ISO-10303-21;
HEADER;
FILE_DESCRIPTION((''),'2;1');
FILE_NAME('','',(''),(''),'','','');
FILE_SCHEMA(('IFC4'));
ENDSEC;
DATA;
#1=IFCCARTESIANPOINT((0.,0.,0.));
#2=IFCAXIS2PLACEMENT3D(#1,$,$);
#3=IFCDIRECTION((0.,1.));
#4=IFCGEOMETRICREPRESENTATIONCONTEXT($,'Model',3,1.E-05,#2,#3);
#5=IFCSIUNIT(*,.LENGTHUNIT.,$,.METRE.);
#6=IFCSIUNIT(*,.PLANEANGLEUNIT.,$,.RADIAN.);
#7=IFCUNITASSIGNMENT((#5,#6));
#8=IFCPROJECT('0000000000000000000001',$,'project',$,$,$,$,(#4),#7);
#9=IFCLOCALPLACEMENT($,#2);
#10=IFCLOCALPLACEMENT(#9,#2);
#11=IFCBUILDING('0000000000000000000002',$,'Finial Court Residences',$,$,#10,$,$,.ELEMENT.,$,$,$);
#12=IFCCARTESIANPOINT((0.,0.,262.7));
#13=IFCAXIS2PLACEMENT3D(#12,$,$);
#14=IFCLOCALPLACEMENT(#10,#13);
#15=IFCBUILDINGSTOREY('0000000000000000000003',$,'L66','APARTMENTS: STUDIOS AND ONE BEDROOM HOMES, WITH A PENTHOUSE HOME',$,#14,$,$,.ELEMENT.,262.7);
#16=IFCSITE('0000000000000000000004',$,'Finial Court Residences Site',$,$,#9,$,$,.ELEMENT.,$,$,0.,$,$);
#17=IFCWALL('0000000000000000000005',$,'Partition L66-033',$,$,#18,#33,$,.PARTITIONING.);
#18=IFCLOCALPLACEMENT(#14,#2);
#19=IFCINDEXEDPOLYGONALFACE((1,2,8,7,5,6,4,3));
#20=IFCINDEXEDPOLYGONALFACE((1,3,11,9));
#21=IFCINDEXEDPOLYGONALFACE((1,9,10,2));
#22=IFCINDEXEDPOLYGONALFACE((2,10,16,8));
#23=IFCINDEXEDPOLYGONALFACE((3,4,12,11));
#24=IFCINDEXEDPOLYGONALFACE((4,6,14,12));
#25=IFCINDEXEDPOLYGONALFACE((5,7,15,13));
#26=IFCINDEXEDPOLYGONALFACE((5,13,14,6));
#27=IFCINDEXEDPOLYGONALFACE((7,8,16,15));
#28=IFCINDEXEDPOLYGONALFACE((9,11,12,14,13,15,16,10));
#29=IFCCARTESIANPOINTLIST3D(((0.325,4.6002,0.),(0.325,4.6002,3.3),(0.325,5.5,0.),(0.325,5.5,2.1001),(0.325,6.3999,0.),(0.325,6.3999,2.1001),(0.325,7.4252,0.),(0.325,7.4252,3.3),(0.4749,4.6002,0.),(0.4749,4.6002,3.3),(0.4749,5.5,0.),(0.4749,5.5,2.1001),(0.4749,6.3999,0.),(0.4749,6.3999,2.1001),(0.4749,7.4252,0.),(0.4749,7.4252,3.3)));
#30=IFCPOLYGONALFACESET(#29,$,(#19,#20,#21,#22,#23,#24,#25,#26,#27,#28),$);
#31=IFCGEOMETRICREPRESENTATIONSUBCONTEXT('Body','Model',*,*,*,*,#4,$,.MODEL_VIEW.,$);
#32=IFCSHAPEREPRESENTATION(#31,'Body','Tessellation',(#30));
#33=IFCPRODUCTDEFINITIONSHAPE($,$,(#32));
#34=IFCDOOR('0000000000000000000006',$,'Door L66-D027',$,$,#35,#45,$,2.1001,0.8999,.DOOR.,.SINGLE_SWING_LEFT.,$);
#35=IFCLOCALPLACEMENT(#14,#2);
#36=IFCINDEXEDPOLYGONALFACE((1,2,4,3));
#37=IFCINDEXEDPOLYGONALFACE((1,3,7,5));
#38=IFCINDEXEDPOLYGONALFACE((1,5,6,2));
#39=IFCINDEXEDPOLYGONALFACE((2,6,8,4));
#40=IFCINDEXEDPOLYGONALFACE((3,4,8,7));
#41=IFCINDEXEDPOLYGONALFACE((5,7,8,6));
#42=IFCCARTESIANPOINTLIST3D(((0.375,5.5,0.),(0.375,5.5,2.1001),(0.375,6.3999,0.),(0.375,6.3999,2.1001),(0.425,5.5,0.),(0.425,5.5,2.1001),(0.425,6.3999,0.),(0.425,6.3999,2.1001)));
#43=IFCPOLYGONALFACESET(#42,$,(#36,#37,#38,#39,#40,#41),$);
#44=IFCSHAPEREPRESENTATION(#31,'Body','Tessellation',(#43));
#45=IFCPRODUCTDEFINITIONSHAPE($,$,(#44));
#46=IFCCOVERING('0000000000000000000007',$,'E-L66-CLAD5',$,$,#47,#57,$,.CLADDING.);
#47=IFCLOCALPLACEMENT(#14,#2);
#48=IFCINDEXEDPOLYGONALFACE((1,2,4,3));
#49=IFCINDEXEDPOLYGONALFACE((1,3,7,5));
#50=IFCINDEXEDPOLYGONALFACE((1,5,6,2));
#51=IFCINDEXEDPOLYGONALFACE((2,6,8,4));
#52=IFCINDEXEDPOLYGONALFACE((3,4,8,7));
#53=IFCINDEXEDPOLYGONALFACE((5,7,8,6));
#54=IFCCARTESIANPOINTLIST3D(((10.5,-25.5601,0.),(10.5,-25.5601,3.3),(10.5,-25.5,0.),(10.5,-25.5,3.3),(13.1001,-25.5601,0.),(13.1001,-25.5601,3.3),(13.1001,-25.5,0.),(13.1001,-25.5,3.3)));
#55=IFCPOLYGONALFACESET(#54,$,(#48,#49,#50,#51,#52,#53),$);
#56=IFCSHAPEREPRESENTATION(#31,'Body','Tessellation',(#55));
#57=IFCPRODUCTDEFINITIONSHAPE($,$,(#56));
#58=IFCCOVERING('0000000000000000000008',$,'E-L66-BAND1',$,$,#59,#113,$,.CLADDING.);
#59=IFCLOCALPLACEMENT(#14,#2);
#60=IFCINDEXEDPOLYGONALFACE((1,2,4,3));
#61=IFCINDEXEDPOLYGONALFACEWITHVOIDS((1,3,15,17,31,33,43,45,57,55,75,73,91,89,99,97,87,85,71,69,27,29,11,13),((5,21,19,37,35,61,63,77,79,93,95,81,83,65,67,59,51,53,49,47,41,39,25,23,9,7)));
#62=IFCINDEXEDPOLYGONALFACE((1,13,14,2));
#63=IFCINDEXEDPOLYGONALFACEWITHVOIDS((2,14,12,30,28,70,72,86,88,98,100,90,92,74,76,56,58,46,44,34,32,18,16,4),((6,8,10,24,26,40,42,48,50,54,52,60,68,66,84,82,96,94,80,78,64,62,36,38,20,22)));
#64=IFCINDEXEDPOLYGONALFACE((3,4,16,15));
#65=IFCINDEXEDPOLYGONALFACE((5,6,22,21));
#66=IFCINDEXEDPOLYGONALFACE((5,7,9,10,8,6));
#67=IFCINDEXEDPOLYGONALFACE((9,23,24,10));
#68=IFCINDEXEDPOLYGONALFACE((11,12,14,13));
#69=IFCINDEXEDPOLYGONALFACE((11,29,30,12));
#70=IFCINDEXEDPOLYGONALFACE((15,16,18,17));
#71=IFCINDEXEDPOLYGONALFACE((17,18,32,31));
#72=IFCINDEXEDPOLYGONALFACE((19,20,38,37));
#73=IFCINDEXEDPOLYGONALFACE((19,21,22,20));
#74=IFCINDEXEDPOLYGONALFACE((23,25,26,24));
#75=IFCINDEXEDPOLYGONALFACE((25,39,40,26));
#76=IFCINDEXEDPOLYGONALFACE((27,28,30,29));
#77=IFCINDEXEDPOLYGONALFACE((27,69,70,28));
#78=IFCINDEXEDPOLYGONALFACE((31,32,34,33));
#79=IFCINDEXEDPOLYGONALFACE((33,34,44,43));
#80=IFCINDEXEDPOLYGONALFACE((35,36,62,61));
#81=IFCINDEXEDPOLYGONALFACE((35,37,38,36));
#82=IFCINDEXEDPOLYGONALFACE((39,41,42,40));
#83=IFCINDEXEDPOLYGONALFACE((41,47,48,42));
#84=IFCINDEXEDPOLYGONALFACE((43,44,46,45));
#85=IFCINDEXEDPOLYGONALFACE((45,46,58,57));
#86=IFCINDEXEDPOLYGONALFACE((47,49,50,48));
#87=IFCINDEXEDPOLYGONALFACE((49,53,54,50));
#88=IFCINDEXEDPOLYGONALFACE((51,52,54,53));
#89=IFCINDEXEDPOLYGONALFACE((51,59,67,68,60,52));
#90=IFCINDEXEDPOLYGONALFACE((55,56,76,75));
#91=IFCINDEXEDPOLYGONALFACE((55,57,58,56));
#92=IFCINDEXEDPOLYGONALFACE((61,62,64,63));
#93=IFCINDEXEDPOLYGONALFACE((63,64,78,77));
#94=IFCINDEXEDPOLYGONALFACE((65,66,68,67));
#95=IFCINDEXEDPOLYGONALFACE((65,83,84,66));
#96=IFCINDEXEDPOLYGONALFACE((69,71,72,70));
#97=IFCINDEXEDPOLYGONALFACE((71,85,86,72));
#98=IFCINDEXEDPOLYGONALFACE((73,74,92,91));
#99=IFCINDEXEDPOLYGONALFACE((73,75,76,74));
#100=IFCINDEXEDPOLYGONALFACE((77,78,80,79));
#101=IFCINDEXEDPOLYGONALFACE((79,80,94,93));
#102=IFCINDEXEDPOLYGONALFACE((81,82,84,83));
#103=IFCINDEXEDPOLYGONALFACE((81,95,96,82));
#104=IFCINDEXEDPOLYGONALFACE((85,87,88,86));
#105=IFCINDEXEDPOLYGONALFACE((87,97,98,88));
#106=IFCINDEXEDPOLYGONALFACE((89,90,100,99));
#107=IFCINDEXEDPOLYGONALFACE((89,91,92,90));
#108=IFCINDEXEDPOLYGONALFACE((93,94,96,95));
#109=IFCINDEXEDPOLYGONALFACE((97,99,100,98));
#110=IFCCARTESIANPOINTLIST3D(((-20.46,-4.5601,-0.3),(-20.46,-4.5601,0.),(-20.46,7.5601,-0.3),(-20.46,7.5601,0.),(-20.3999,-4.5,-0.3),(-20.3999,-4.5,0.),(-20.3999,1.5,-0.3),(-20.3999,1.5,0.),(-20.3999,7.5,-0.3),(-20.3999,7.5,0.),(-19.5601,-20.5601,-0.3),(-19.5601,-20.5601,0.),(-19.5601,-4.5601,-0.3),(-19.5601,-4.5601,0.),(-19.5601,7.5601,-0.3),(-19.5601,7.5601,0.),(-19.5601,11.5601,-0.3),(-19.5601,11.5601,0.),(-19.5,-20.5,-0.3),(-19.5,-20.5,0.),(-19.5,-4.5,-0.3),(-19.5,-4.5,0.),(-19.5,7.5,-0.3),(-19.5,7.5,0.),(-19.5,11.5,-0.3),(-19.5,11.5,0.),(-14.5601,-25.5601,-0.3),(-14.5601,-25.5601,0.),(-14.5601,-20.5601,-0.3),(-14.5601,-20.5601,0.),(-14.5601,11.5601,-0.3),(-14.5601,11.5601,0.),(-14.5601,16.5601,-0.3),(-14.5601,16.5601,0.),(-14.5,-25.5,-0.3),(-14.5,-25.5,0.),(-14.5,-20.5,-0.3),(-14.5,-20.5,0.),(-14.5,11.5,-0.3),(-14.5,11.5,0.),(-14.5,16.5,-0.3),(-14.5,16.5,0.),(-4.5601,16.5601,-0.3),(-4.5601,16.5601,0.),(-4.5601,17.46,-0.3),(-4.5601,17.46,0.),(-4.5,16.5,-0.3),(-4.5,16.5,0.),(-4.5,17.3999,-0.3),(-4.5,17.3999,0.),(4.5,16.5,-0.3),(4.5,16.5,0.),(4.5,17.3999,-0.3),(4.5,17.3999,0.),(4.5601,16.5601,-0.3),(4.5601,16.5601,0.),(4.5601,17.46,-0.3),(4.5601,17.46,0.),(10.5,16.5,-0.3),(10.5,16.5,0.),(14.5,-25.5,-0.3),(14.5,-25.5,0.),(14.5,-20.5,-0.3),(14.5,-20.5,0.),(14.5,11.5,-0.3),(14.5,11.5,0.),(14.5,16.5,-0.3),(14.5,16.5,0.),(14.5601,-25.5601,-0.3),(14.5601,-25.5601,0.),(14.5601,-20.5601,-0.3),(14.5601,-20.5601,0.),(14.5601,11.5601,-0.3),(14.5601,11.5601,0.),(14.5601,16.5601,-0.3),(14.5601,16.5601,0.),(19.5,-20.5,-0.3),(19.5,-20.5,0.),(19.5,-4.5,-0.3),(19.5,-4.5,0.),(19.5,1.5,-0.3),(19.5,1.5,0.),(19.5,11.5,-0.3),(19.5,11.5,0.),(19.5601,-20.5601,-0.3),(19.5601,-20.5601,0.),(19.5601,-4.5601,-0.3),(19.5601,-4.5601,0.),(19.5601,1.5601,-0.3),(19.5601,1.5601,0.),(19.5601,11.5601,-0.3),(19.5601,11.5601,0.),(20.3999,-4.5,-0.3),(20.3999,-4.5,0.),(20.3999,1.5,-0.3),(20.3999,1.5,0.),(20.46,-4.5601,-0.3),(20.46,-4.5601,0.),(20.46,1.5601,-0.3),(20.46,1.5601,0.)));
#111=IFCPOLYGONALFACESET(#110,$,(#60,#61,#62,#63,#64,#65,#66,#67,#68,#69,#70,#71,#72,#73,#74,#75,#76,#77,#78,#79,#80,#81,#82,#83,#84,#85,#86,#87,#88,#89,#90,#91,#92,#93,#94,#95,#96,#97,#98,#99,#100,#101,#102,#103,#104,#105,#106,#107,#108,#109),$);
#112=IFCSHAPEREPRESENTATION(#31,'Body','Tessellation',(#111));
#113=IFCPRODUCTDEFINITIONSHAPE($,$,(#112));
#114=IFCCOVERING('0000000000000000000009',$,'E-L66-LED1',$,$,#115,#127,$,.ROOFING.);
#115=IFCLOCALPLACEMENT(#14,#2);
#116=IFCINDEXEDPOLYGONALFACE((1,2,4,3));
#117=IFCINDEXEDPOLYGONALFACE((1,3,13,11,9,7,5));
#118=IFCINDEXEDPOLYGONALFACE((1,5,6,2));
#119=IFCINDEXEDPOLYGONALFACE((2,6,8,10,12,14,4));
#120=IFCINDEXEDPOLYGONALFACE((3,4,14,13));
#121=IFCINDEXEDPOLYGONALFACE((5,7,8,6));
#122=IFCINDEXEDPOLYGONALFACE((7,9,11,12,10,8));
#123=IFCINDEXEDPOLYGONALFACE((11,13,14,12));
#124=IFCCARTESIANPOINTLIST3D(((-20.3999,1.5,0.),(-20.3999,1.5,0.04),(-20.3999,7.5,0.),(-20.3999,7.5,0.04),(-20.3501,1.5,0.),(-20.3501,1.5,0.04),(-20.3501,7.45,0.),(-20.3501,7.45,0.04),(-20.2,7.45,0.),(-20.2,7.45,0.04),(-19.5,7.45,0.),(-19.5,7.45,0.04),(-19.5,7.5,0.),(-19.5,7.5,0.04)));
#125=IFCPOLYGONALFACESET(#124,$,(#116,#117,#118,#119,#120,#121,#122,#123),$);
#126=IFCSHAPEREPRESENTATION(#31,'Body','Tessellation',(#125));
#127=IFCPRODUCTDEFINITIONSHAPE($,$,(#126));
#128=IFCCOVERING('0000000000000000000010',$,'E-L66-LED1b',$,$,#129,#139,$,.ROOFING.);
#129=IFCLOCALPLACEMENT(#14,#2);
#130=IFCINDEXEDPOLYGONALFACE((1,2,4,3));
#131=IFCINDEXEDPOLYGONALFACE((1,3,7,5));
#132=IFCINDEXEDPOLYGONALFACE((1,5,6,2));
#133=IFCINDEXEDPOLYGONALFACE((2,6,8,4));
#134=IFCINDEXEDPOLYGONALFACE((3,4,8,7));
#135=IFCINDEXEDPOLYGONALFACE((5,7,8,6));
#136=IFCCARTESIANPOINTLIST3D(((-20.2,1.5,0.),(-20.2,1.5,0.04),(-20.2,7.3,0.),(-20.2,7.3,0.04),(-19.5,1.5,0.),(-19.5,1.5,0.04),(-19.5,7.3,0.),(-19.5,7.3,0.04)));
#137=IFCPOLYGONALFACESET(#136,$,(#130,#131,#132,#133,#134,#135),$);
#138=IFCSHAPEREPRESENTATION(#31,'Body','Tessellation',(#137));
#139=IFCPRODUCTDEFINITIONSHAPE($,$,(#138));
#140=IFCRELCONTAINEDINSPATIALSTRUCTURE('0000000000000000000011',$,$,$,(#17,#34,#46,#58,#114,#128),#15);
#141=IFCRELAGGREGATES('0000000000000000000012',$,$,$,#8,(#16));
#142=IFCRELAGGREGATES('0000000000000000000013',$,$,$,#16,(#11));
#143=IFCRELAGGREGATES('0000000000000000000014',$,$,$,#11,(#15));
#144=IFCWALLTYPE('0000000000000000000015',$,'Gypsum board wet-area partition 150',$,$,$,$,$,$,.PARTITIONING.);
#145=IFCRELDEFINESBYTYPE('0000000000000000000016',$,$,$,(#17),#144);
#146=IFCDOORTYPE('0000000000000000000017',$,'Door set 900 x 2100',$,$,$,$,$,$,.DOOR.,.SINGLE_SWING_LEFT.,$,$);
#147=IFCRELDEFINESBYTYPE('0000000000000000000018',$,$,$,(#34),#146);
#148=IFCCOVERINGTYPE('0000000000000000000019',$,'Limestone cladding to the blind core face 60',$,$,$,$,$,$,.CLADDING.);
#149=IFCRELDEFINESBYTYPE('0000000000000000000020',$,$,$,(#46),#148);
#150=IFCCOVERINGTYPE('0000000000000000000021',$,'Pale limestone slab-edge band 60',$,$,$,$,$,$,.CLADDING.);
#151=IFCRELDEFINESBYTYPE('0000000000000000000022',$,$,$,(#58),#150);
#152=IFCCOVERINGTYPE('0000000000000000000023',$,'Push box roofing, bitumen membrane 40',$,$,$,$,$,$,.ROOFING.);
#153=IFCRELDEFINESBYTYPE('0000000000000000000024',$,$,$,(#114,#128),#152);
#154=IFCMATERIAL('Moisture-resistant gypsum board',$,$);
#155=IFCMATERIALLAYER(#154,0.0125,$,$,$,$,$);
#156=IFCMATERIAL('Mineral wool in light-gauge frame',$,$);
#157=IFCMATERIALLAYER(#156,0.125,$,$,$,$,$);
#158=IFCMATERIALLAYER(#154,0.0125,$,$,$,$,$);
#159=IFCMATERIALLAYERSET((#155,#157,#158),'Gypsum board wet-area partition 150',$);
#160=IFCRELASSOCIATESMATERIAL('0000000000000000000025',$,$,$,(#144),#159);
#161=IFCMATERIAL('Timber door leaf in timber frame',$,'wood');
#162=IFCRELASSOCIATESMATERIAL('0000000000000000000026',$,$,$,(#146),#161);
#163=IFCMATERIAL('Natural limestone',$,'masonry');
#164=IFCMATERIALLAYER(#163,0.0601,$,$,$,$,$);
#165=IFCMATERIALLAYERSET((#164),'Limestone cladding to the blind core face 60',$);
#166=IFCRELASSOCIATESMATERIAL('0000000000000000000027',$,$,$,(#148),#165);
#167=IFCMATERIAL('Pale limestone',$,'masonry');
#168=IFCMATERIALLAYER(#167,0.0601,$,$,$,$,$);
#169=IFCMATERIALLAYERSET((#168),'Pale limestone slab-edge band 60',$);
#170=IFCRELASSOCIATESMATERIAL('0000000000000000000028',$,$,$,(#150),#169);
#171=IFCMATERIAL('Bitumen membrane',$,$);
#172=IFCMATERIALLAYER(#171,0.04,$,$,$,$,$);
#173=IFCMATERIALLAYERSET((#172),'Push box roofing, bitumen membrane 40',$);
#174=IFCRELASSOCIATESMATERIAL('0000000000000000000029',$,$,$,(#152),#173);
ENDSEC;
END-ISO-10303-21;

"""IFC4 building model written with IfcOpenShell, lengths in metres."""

from ifc_helpers import new_model, si_unit, direction, frame, frame_2d, origin, place, context, subcontext, project, spatial, polyline, rectangle, outline, extrude, material, layer, layer_set, type_object, element, fill, save


model = new_model("IFC4")

# Units and contexts
model_context = context("Model", 3, precision=1e-05, world=origin(), true_north=direction((0.0, 1.0)))
body_context = subcontext(model_context, "Body", "Model", "MODEL_VIEW")
ifc_project = project(units=[si_unit("LENGTHUNIT", "METRE"), si_unit("PLANEANGLEUNIT", "RADIAN")], contexts=[model_context])

# Site, building, storey
site_placement = place(None, origin())
site = spatial("IfcSite", under=ifc_project, at=site_placement, Name="Finial Court Residences Site", CompositionType="ELEMENT", RefElevation=0.0)
building_placement = place(site_placement, origin())
building = spatial("IfcBuilding", under=site, at=building_placement, Name="Finial Court Residences", CompositionType="ELEMENT")
storey_placement = place(building_placement, frame((0.0, 0.0, 262.7)))
storey = spatial("IfcBuildingStorey", under=building, at=storey_placement, Name="L66", Description="APARTMENTS: STUDIOS AND ONE BEDROOM HOMES, WITH A PENTHOUSE HOME", CompositionType="ELEMENT", Elevation=262.7)

# Shared definitions
ifc_material_1 = material(Name="Moisture-resistant gypsum board")
ifc_layer_1 = layer(ifc_material_1, 0.0125)
ifc_material_2 = material(Name="Mineral wool in light-gauge frame")
ifc_layer_2 = layer(ifc_material_2, 0.125)
ifc_layer_3 = layer(ifc_material_1, 0.0125)
ifc_layer_set_1 = layer_set([ifc_layer_1, ifc_layer_2, ifc_layer_3], Name="Gypsum board wet-area partition 150")
wall_type_1 = type_object("IfcWallType", Name="Gypsum board wet-area partition 150", PredefinedType="PARTITIONING", material=ifc_layer_set_1)
ifc_material_3 = material(Name="Timber door leaf in timber frame", Category="wood")
door_type = type_object("IfcDoorType", Name="Door set 900 x 2100", OperationType="SINGLE_SWING_LEFT", PredefinedType="DOOR", material=ifc_material_3)

# Wall, opening, door
wall_1_placement = place(storey_placement, frame((0.3999, 4.6001, 0.0), z_axis=(0.0, 0.0, 1.0), x_axis=(0.0, 1.0, 0.0)))
wall_1 = element("IfcWall", 1, at=wall_1_placement, inside=storey, type_object=wall_type_1, Name="Partition L66-033", PredefinedType="PARTITIONING", context=body_context, shape_type="SweptSolid", body=[
    extrude(rectangle(XDim=2.825, YDim=0.1499, at=frame_2d((1.4126, 0.0))), origin(), (0.0, 0.0, 1.0), 3.3),
])
opening_1_placement = place(wall_1_placement, frame((0.8999, 0.0, 0.0)))
opening_1 = element("IfcOpeningElement", 2, at=opening_1_placement, cuts=wall_1, PredefinedType="OPENING", context=body_context, shape_type="SweptSolid", body=[
    extrude(rectangle(XDim=0.8999, YDim=2.1001, at=frame_2d((0.45, 1.05))), frame((0.0, 0.085, 0.0), z_axis=(0.0, -1.0, 0.0), x_axis=(1.0, 0.0, 0.0)), (0.0, 0.0, 1.0), 0.1699),
])
door_1_placement = place(opening_1_placement, origin())
door_1 = element("IfcDoor", 3, at=door_1_placement, inside=storey, type_object=door_type, Name="Door L66-D027", OperationType="SINGLE_SWING_LEFT", OverallHeight=2.1001, OverallWidth=0.8999, PredefinedType="DOOR", context=body_context, shape_type="SweptSolid", body=[
    extrude(rectangle(XDim=0.8999, YDim=2.1001, at=frame_2d((0.45, 1.05))), frame((0.0, 0.0249, 0.0), z_axis=(0.0, -1.0, 0.0), x_axis=(1.0, 0.0, 0.0)), (0.0, 0.0, 1.0), 0.05),
])
fill(opening_1, door_1)

# Coverings
ifc_material_4 = material(Name="Natural limestone", Category="masonry")
ifc_layer_4 = layer(ifc_material_4, 0.0601)
ifc_layer_set_2 = layer_set([ifc_layer_4], Name="Limestone cladding to the blind core face 60")
covering_type_1 = type_object("IfcCoveringType", Name="Limestone cladding to the blind core face 60", PredefinedType="CLADDING", material=ifc_layer_set_2)
covering_1_placement = place(storey_placement, origin())
element("IfcCovering", 4, at=covering_1_placement, inside=storey, type_object=covering_type_1, Name="E-L66-CLAD5", PredefinedType="CLADDING", context=body_context, shape_type="SweptSolid", body=[
    extrude(outline(polyline([(13.1001, -25.5601), (13.1001, -25.5), (10.5, -25.5), (10.5, -25.5601), (13.1001, -25.5601)])), origin(), (0.0, 0.0, 1.0), 3.3),
])
ifc_material_5 = material(Name="Pale limestone", Category="masonry")
ifc_layer_5 = layer(ifc_material_5, 0.0601)
ifc_layer_set_3 = layer_set([ifc_layer_5], Name="Pale limestone slab-edge band 60")
covering_type_2 = type_object("IfcCoveringType", Name="Pale limestone slab-edge band 60", PredefinedType="CLADDING", material=ifc_layer_set_3)
covering_2_placement = place(storey_placement, frame((0.0, 0.0, -0.3)))
element("IfcCovering", 5, at=covering_2_placement, inside=storey, type_object=covering_type_2, Name="E-L66-BAND1", PredefinedType="CLADDING", context=body_context, shape_type="SweptSolid", body=[
    extrude(outline(polyline([(-19.5601, -4.5601), (-20.46, -4.5601), (-20.46, 7.5601), (-19.5601, 7.5601), (-19.5601, 11.5601), (-14.5601, 11.5601), (-14.5601, 16.5601), (-4.5601, 16.5601), (-4.5601, 17.46), (4.5601, 17.46), (4.5601, 16.5601), (14.5601, 16.5601), (14.5601, 11.5601), (19.5601, 11.5601), (19.5601, 1.5601), (20.46, 1.5601), (20.46, -4.5601), (19.5601, -4.5601), (19.5601, -20.5601), (14.5601, -20.5601), (14.5601, -25.5601), (-14.5601, -25.5601), (-14.5601, -20.5601), (-19.5601, -20.5601), (-19.5601, -4.5601)]), holes=[polyline([(-14.5, -20.5), (-14.5, -25.5), (14.5, -25.5), (14.5, -20.5), (19.5, -20.5), (19.5, -4.5), (20.3999, -4.5), (20.3999, 1.5), (19.5, 1.5), (19.5, 11.5), (14.5, 11.5), (14.5, 16.5), (10.5, 16.5), (4.5, 16.5), (4.5, 17.3999), (-4.5, 17.3999), (-4.5, 16.5), (-14.5, 16.5), (-14.5, 11.5), (-19.5, 11.5), (-19.5, 7.5), (-20.3999, 7.5), (-20.3999, 1.5), (-20.3999, -4.5), (-19.5, -4.5), (-19.5, -20.5), (-14.5, -20.5)])]), origin(), (0.0, 0.0, 1.0), 0.3),
])
ifc_material_6 = material(Name="Bitumen membrane")
ifc_layer_6 = layer(ifc_material_6, 0.04)
ifc_layer_set_4 = layer_set([ifc_layer_6], Name="Push box roofing, bitumen membrane 40")
covering_type_3 = type_object("IfcCoveringType", Name="Push box roofing, bitumen membrane 40", PredefinedType="ROOFING", material=ifc_layer_set_4)
covering_3_placement = place(storey_placement, origin())
element("IfcCovering", 6, at=covering_3_placement, inside=storey, type_object=covering_type_3, Name="E-L66-LED1", PredefinedType="ROOFING", context=body_context, shape_type="SweptSolid", body=[
    extrude(outline(polyline([(-19.5, 7.45), (-20.2, 7.45), (-20.3501, 7.45), (-20.3501, 1.5), (-20.3999, 1.5), (-20.3999, 7.5), (-19.5, 7.5), (-19.5, 7.45)])), origin(), (0.0, 0.0, 1.0), 0.04),
])
covering_4_placement = place(storey_placement, origin())
element("IfcCovering", 7, at=covering_4_placement, inside=storey, type_object=covering_type_3, Name="E-L66-LED1b", PredefinedType="ROOFING", context=body_context, shape_type="SweptSolid", body=[
    extrude(outline(polyline([(-19.5, 1.5), (-20.2, 1.5), (-20.2, 7.3), (-19.5, 7.3), (-19.5, 1.5)])), origin(), (0.0, 0.0, 1.0), 0.04),
])

save(model, "model.ifc")
